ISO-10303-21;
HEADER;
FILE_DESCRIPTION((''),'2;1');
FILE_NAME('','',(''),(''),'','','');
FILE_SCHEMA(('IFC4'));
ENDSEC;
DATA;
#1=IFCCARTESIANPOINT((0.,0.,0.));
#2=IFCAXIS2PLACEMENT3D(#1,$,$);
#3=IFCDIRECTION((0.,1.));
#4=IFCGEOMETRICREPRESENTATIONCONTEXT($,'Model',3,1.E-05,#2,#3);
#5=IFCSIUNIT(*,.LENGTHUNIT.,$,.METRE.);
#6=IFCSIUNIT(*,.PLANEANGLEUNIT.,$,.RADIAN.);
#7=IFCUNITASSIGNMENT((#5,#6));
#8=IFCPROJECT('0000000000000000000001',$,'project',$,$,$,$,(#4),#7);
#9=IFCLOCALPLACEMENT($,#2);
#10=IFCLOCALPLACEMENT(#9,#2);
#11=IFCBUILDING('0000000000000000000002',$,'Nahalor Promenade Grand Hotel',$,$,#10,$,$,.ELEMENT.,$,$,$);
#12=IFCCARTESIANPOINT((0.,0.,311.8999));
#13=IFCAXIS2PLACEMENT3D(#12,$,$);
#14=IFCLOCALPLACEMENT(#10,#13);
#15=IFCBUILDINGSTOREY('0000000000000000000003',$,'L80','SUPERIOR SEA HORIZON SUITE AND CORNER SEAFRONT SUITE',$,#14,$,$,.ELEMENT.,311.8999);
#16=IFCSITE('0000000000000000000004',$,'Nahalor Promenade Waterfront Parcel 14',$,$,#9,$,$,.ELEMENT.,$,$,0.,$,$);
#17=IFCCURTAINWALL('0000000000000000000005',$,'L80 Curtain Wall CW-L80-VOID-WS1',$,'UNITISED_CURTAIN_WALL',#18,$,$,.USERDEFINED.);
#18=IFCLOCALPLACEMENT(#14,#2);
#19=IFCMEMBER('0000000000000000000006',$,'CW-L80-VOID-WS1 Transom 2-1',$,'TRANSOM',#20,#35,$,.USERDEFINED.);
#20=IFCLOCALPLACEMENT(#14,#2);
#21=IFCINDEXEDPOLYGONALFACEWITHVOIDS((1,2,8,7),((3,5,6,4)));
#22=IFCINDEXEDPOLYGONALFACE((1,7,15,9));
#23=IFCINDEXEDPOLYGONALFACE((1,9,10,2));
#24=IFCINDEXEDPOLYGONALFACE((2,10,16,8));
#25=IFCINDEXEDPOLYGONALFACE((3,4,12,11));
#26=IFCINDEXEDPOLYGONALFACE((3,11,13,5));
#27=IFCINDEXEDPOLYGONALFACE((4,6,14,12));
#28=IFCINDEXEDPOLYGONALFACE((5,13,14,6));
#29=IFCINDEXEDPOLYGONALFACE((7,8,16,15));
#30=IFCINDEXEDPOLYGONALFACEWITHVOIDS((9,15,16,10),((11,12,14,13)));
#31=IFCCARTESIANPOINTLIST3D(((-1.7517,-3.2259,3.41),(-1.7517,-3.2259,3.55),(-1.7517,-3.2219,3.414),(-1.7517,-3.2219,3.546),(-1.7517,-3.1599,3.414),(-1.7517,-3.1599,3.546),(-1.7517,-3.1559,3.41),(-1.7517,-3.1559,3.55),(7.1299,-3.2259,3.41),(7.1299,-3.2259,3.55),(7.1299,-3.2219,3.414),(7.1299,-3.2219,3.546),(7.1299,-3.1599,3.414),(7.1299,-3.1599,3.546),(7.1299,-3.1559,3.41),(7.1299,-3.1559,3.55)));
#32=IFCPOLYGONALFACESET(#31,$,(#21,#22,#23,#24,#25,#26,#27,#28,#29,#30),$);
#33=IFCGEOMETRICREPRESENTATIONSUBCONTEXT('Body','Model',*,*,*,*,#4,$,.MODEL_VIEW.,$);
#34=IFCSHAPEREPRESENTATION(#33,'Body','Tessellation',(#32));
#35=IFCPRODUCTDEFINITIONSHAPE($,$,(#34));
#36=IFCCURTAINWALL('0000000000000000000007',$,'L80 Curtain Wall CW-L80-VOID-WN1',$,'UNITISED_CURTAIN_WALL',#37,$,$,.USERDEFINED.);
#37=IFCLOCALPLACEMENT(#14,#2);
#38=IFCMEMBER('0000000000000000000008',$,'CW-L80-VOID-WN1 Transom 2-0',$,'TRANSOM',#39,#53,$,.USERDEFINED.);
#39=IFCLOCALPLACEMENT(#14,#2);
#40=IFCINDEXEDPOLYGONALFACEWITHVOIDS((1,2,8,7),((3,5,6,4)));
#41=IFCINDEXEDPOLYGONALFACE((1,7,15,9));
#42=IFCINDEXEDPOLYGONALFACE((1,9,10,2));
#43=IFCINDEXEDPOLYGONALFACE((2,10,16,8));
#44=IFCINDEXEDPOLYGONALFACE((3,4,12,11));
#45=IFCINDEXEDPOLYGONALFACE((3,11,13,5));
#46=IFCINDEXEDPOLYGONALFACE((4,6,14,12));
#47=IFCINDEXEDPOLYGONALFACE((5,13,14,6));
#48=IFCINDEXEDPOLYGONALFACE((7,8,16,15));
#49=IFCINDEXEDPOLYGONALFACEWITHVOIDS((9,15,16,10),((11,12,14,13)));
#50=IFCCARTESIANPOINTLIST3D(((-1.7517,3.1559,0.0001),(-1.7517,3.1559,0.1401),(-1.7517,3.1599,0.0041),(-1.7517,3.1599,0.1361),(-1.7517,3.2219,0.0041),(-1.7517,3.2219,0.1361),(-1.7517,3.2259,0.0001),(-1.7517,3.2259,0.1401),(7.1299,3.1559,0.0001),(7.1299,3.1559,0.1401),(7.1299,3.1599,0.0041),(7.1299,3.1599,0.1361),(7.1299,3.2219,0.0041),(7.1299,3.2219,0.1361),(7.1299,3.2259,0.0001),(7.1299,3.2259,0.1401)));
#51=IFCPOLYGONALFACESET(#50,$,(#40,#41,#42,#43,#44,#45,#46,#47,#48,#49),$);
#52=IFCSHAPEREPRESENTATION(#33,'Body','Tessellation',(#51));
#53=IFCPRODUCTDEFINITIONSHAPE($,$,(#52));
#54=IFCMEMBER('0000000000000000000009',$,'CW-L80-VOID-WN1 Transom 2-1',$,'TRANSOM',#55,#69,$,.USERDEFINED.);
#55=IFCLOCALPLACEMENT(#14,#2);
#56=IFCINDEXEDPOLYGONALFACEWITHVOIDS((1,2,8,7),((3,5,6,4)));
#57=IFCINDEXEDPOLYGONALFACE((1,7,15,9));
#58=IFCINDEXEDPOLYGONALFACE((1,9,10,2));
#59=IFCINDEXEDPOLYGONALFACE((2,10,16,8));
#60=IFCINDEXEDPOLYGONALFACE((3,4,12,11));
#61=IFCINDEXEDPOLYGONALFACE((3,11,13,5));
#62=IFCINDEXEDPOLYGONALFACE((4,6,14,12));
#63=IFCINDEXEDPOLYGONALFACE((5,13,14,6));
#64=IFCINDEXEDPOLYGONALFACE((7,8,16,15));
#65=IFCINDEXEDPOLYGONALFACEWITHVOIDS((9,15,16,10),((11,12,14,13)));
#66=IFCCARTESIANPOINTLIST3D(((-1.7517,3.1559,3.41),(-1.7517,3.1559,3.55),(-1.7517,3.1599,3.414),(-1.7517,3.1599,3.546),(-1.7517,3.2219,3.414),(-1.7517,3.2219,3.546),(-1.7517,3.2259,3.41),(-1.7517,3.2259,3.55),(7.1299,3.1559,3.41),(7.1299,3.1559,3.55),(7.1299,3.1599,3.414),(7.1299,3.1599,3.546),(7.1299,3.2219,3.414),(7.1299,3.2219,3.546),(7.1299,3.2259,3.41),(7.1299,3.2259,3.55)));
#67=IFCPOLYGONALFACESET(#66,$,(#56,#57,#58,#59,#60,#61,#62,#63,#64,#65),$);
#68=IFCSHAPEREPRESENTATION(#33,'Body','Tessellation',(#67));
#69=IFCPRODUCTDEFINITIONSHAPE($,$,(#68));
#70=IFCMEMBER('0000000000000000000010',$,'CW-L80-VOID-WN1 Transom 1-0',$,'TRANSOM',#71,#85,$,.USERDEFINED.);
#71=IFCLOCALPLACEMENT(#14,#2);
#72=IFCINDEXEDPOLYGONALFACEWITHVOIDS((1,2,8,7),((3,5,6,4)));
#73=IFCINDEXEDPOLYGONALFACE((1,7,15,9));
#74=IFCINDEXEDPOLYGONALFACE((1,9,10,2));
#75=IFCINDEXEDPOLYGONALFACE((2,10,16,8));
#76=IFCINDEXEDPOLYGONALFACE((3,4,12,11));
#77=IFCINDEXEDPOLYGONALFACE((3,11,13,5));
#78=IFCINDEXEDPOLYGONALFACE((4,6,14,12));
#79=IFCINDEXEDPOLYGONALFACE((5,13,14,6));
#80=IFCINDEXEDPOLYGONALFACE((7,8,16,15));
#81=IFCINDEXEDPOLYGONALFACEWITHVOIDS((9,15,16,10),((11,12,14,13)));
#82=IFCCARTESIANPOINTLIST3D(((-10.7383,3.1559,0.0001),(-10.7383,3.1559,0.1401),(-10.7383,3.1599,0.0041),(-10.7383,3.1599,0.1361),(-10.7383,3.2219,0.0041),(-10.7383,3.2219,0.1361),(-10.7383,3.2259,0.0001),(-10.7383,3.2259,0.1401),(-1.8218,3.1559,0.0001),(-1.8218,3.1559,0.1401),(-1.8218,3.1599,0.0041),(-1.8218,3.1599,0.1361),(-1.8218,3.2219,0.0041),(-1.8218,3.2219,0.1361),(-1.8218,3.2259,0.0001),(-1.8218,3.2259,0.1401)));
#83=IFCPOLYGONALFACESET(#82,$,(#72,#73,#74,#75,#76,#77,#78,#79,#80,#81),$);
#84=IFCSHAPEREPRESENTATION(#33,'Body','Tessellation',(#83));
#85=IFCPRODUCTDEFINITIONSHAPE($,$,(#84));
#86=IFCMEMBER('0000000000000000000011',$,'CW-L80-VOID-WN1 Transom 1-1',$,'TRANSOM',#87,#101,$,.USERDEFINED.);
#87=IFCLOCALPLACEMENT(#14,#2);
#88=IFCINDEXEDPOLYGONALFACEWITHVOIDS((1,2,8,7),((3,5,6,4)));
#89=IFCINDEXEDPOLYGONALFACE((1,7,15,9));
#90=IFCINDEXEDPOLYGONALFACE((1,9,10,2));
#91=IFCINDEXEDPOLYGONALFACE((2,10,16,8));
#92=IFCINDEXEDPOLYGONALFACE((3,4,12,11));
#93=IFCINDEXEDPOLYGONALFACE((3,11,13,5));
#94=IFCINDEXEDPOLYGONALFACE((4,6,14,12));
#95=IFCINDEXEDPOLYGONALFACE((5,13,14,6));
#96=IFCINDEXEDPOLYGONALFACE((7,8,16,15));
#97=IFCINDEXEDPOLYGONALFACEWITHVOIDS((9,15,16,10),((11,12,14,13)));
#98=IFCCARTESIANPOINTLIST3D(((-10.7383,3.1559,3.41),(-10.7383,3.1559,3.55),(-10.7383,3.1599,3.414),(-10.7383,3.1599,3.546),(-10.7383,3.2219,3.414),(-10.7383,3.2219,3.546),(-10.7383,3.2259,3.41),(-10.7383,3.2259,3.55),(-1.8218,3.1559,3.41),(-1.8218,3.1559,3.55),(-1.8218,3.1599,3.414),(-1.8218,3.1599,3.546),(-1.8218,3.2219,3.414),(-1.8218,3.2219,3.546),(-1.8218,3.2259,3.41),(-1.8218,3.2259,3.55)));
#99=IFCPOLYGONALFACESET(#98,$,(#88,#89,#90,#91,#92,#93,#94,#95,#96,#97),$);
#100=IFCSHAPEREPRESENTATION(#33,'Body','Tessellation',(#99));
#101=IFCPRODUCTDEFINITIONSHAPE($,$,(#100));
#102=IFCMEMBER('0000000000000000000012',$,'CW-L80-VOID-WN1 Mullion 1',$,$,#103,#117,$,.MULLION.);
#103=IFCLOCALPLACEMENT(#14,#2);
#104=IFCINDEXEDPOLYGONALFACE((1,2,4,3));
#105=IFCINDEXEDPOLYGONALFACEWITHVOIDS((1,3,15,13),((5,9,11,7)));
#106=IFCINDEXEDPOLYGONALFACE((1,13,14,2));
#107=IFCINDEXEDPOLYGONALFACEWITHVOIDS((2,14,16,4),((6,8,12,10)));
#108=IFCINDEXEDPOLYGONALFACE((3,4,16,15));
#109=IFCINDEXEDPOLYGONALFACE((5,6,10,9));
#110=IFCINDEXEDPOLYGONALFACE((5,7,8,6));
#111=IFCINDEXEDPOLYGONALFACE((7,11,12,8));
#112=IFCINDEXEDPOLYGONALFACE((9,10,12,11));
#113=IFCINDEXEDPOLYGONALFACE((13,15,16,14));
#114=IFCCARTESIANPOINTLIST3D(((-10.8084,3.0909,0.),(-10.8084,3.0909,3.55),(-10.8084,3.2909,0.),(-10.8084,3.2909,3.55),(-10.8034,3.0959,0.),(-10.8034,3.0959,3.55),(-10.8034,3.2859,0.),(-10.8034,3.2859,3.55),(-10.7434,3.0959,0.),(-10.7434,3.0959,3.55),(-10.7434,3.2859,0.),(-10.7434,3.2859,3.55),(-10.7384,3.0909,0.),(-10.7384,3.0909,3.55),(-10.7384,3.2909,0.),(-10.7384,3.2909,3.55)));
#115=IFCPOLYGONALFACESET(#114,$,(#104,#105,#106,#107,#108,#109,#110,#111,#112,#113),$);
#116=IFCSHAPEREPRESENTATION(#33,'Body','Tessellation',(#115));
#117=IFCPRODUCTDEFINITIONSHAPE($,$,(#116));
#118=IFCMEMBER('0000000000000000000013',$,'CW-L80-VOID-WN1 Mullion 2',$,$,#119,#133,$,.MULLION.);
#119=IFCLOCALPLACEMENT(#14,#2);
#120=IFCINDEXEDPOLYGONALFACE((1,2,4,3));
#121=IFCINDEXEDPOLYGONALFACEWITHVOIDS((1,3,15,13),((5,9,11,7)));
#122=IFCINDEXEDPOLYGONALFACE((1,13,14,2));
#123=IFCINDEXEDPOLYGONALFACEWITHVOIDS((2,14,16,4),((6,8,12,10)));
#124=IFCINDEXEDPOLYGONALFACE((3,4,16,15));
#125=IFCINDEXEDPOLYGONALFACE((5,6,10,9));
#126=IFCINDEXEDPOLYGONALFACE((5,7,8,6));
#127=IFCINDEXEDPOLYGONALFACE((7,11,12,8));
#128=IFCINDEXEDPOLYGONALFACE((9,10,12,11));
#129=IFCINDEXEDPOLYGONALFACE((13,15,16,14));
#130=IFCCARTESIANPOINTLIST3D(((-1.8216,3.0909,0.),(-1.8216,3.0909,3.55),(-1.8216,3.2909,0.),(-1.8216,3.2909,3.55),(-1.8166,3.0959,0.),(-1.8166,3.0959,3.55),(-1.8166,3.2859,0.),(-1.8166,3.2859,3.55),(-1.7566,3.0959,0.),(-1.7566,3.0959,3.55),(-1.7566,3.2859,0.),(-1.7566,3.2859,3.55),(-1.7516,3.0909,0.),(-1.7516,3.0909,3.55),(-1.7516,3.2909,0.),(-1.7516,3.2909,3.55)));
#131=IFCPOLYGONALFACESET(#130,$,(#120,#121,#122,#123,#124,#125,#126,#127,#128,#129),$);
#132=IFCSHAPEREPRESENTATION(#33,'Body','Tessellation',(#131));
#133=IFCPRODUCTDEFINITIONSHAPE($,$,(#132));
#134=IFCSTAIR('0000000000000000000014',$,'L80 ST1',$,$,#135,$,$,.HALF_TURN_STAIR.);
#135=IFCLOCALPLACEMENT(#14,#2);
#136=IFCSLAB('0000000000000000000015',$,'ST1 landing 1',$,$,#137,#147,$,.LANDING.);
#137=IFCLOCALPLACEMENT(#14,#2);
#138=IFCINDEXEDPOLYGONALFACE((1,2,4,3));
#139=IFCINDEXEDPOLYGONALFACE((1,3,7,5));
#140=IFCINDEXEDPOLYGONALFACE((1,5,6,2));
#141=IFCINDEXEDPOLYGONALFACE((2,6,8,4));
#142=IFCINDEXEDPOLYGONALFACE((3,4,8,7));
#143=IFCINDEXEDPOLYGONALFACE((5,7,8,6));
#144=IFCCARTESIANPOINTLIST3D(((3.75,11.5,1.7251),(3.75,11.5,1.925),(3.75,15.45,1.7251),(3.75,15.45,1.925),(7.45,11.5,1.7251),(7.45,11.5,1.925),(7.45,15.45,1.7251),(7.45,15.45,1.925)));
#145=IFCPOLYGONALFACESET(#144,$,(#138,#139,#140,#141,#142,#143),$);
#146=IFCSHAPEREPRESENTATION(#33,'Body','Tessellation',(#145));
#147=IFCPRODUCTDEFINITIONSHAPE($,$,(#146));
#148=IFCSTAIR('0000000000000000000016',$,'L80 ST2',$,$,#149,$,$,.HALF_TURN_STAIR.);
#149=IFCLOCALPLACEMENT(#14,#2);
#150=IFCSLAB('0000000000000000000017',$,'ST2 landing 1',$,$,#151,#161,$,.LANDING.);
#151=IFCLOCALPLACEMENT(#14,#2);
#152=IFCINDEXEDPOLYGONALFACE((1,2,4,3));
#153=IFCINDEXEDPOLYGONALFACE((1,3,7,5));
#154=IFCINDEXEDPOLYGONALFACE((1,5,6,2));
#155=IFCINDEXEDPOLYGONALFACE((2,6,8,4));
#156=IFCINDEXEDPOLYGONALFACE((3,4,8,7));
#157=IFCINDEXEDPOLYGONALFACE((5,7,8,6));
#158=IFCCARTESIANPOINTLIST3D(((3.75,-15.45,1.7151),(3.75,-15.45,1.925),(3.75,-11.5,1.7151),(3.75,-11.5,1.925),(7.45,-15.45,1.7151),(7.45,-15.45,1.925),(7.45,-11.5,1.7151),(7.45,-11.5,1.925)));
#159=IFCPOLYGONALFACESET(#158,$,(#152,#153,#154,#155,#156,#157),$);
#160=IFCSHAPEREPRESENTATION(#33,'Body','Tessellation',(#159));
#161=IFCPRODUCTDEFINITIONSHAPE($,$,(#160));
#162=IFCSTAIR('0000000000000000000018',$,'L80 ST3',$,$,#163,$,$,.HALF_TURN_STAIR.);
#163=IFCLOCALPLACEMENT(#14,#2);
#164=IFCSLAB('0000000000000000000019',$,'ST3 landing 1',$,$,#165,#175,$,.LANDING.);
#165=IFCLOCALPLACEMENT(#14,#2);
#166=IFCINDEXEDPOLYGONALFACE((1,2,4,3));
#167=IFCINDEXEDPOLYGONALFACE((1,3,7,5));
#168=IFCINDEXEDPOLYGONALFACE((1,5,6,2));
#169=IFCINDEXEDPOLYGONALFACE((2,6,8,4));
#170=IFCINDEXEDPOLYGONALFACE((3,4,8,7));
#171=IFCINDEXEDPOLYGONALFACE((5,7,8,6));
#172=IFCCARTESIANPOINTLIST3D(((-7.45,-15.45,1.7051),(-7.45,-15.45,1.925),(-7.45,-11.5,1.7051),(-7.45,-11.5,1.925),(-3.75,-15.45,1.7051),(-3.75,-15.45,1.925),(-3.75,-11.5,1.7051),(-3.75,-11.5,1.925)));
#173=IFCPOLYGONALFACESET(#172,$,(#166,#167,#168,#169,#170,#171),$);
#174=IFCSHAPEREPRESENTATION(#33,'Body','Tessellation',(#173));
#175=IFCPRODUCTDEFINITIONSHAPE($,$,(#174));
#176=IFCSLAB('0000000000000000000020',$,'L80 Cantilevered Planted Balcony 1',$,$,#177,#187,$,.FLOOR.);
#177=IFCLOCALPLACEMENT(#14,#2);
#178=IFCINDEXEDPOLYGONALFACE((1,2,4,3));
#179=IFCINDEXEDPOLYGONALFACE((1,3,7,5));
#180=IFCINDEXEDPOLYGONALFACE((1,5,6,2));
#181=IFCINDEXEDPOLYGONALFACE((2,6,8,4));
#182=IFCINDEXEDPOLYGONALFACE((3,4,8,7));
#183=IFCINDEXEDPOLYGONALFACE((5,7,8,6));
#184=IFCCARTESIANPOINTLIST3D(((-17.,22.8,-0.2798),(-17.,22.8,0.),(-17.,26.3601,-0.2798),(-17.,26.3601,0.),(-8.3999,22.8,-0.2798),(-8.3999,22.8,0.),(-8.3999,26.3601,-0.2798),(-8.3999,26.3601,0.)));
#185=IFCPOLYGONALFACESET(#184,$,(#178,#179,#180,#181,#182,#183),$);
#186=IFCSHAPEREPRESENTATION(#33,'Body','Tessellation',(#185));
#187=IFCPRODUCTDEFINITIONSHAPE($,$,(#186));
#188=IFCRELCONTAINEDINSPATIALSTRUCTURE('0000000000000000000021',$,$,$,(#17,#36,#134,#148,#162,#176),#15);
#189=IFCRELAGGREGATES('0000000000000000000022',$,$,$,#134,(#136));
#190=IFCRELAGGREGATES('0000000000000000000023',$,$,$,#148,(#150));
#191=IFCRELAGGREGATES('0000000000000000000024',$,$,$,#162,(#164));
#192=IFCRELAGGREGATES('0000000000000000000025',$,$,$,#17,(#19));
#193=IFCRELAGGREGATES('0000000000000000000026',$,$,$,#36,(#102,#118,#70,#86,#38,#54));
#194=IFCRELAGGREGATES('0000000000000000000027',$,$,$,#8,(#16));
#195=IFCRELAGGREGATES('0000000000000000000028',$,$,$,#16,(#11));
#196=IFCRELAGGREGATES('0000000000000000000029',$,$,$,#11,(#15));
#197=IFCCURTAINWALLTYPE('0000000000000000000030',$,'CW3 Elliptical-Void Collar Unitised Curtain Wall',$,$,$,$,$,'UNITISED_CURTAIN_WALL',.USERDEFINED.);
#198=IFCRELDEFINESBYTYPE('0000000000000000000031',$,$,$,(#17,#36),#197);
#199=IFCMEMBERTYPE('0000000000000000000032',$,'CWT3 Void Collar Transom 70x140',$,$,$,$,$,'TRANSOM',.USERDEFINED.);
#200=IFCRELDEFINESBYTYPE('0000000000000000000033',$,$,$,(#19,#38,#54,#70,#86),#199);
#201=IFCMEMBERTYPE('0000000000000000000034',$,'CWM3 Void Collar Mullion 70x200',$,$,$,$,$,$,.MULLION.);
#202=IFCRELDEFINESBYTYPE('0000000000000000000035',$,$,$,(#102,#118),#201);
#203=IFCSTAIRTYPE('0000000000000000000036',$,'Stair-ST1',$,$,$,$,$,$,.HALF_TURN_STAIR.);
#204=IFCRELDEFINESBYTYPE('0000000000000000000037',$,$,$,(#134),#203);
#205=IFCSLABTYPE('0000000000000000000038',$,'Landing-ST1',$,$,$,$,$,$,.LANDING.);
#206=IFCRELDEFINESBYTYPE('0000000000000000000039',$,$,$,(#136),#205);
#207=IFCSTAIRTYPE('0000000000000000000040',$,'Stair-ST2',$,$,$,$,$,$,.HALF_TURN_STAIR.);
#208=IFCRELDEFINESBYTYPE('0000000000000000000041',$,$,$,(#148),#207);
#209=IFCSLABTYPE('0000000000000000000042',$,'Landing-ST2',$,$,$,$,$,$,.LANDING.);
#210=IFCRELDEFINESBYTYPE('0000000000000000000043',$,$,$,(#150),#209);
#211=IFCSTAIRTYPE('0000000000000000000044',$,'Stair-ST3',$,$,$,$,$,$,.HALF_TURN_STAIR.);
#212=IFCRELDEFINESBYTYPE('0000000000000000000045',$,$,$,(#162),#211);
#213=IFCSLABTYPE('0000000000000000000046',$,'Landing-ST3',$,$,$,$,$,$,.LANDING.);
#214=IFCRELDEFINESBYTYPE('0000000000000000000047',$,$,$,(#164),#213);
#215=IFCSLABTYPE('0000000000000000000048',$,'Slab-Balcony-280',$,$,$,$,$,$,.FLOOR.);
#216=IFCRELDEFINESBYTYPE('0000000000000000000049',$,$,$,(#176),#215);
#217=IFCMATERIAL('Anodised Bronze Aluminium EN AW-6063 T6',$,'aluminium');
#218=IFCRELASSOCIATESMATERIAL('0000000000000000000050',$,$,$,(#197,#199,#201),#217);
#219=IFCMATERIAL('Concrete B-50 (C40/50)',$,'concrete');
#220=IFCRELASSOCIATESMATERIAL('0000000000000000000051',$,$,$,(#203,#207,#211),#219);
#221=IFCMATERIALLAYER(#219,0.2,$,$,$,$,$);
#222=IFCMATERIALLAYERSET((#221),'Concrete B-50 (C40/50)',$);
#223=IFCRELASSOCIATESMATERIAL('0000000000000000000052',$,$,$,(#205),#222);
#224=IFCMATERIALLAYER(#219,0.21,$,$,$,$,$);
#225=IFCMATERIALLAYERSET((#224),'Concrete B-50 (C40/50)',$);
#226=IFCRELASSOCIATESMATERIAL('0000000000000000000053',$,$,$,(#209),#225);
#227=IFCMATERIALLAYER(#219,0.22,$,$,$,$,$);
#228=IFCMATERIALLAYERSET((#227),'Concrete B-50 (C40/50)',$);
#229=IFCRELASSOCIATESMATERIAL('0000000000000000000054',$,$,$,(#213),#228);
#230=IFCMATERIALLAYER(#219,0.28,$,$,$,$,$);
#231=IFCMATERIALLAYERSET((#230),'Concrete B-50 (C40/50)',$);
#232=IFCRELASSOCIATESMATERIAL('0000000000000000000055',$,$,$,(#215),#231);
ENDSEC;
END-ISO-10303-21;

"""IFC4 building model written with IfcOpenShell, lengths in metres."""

from ifc_helpers import new_model, si_unit, direction, frame, origin, origin_2d, place, context, subcontext, project, spatial, polyline, hollow_rectangle, outline, extrude, source, transform, mapped, material, layer, layer_set, material_profile, profile_set, type_object, element, aggregate, save


model = new_model("IFC4")

# Units and contexts
model_context = context("Model", 3, precision=1e-05, world=origin(), true_north=direction((0.0, 1.0)))
body_context = subcontext(model_context, "Body", "Model", "MODEL_VIEW")
ifc_project = project(units=[si_unit("LENGTHUNIT", "METRE"), si_unit("PLANEANGLEUNIT", "RADIAN")], contexts=[model_context])

# Site, building, storey
site_placement = place(None, origin())
site = spatial("IfcSite", under=ifc_project, at=site_placement, Name="Nahalor Promenade Waterfront Parcel 14", CompositionType="ELEMENT", RefElevation=0.0)
building_placement = place(site_placement, origin())
building = spatial("IfcBuilding", under=site, at=building_placement, Name="Nahalor Promenade Grand Hotel", CompositionType="ELEMENT")
storey_placement = place(building_placement, frame((0.0, 0.0, 311.8999)))
storey = spatial("IfcBuildingStorey", under=building, at=storey_placement, Name="L80", Description="SUPERIOR SEA HORIZON SUITE AND CORNER SEAFRONT SUITE", CompositionType="ELEMENT", Elevation=311.8999)

# Shared definitions
ifc_material_1 = material(Name="Concrete B-50 (C40/50)", Category="concrete")

# Curtain walls, members
ifc_material_2 = material(Name="Anodised Bronze Aluminium EN AW-6063 T6", Category="aluminium")
curtain_wall_type = type_object("IfcCurtainWallType", Name="CW3 Elliptical-Void Collar Unitised Curtain Wall", ElementType="UNITISED_CURTAIN_WALL", PredefinedType="USERDEFINED", material=ifc_material_2)
curtain_wall_1_placement = place(storey_placement, origin())
curtain_wall_1 = element("IfcCurtainWall", 1, at=curtain_wall_1_placement, inside=storey, type_object=curtain_wall_type, Name="L80 Curtain Wall CW-L80-VOID-WS1", ObjectType="UNITISED_CURTAIN_WALL", PredefinedType="USERDEFINED")
ifc_material_profile_1 = material_profile(ifc_material_2, hollow_rectangle(XDim=0.07, YDim=0.14, WallThickness=0.004, at=origin_2d()), Name="CWT 70x140x4")
ifc_profile_set_1 = profile_set([ifc_material_profile_1], Name="Anodised Bronze Aluminium EN AW-6063 T6")
member_type_1 = type_object("IfcMemberType", Name="CWT3 Void Collar Transom 70x140", ElementType="TRANSOM", PredefinedType="USERDEFINED", material=ifc_profile_set_1)
shared_shape_1 = source(origin(), body_context, "Body", "SweptSolid", [
    extrude(hollow_rectangle(XDim=0.07, YDim=0.14, WallThickness=0.004, at=origin_2d()), origin(), (0.0, 0.0, 1.0), 8.8816),
])
member_1_placement = place(storey_placement, frame((-1.7517, -3.1909, 3.48), z_axis=(1.0, 0.0, 0.0), x_axis=(0.0, 1.0, 0.0)))
member_1 = element("IfcMember", 2, at=member_1_placement, type_object=member_type_1, Name="CW-L80-VOID-WS1 Transom 2-1", ObjectType="TRANSOM", PredefinedType="USERDEFINED", context=body_context, shape_type="MappedRepresentation", body=[
    mapped(shared_shape_1, transform((0.0, 0.0, 0.0), scale=1.0)),
])
curtain_wall_2_placement = place(storey_placement, origin())
curtain_wall_2 = element("IfcCurtainWall", 3, at=curtain_wall_2_placement, inside=storey, type_object=curtain_wall_type, Name="L80 Curtain Wall CW-L80-VOID-WN1", ObjectType="UNITISED_CURTAIN_WALL", PredefinedType="USERDEFINED")
member_2_placement = place(storey_placement, frame((-1.7517, 3.1909, 0.0701), z_axis=(1.0, 0.0, 0.0), x_axis=(0.0, 1.0, 0.0)))
member_2 = element("IfcMember", 4, at=member_2_placement, type_object=member_type_1, Name="CW-L80-VOID-WN1 Transom 2-0", ObjectType="TRANSOM", PredefinedType="USERDEFINED", context=body_context, shape_type="MappedRepresentation", body=[
    mapped(shared_shape_1, transform((0.0, 0.0, 0.0), scale=1.0)),
])
member_3_placement = place(storey_placement, frame((-1.7517, 3.1909, 3.48), z_axis=(1.0, 0.0, 0.0), x_axis=(0.0, 1.0, 0.0)))
member_3 = element("IfcMember", 5, at=member_3_placement, type_object=member_type_1, Name="CW-L80-VOID-WN1 Transom 2-1", ObjectType="TRANSOM", PredefinedType="USERDEFINED", context=body_context, shape_type="MappedRepresentation", body=[
    mapped(shared_shape_1, transform((0.0, 0.0, 0.0), scale=1.0)),
])
shared_shape_2 = source(origin(), body_context, "Body", "SweptSolid", [
    extrude(hollow_rectangle(XDim=0.07, YDim=0.14, WallThickness=0.004, at=origin_2d()), origin(), (0.0, 0.0, 1.0), 8.9165),
])
member_4_placement = place(storey_placement, frame((-10.7383, 3.1909, 0.0701), z_axis=(1.0, 0.0, 0.0), x_axis=(0.0, 1.0, 0.0)))
member_4 = element("IfcMember", 6, at=member_4_placement, type_object=member_type_1, Name="CW-L80-VOID-WN1 Transom 1-0", ObjectType="TRANSOM", PredefinedType="USERDEFINED", context=body_context, shape_type="MappedRepresentation", body=[
    mapped(shared_shape_2, transform((0.0, 0.0, 0.0), scale=1.0)),
])
member_5_placement = place(storey_placement, frame((-10.7383, 3.1909, 3.48), z_axis=(1.0, 0.0, 0.0), x_axis=(0.0, 1.0, 0.0)))
member_5 = element("IfcMember", 7, at=member_5_placement, type_object=member_type_1, Name="CW-L80-VOID-WN1 Transom 1-1", ObjectType="TRANSOM", PredefinedType="USERDEFINED", context=body_context, shape_type="MappedRepresentation", body=[
    mapped(shared_shape_2, transform((0.0, 0.0, 0.0), scale=1.0)),
])
ifc_material_profile_2 = material_profile(ifc_material_2, hollow_rectangle(XDim=0.07, YDim=0.2, WallThickness=0.005, at=origin_2d()), Name="CWM 70x200x5")
ifc_profile_set_2 = profile_set([ifc_material_profile_2], Name="Anodised Bronze Aluminium EN AW-6063 T6")
member_type_2 = type_object("IfcMemberType", Name="CWM3 Void Collar Mullion 70x200", PredefinedType="MULLION", material=ifc_profile_set_2)
shared_shape_3 = source(origin(), body_context, "Body", "SweptSolid", [
    extrude(hollow_rectangle(XDim=0.07, YDim=0.2, WallThickness=0.005, at=origin_2d()), origin(), (0.0, 0.0, 1.0), 3.55),
])
member_6_placement = place(storey_placement, frame((-10.7734, 3.1909, 0.0), z_axis=(0.0, 0.0, 1.0), x_axis=(1.0, 0.0, 0.0)))
member_6 = element("IfcMember", 8, at=member_6_placement, type_object=member_type_2, Name="CW-L80-VOID-WN1 Mullion 1", PredefinedType="MULLION", context=body_context, shape_type="MappedRepresentation", body=[
    mapped(shared_shape_3, transform((0.0, 0.0, 0.0), scale=1.0)),
])
member_7_placement = place(storey_placement, frame((-1.7866, 3.1909, 0.0), z_axis=(0.0, 0.0, 1.0), x_axis=(1.0, 0.0, 0.0)))
member_7 = element("IfcMember", 9, at=member_7_placement, type_object=member_type_2, Name="CW-L80-VOID-WN1 Mullion 2", PredefinedType="MULLION", context=body_context, shape_type="MappedRepresentation", body=[
    mapped(shared_shape_3, transform((0.0, 0.0, 0.0), scale=1.0)),
])

# Stairs, slabs
stair_type_1 = type_object("IfcStairType", Name="Stair-ST1", PredefinedType="HALF_TURN_STAIR", material=ifc_material_1)
stair_1_placement = place(storey_placement, origin())
stair_1 = element("IfcStair", 10, at=stair_1_placement, inside=storey, type_object=stair_type_1, Name="L80 ST1", PredefinedType="HALF_TURN_STAIR")
ifc_layer_1 = layer(ifc_material_1, 0.2)
ifc_layer_set_1 = layer_set([ifc_layer_1], Name="Concrete B-50 (C40/50)")
slab_type_1 = type_object("IfcSlabType", Name="Landing-ST1", PredefinedType="LANDING", material=ifc_layer_set_1)
slab_1_placement = place(storey_placement, frame((0.0, 0.0, 1.7251)))
slab_1 = element("IfcSlab", 11, at=slab_1_placement, type_object=slab_type_1, Name="ST1 landing 1", PredefinedType="LANDING", context=body_context, shape_type="SweptSolid", body=[
    extrude(outline(polyline([(7.45, 11.5), (7.45, 15.45), (3.75, 15.45), (3.75, 11.5), (7.45, 11.5)])), origin(), (0.0, 0.0, 1.0), 0.2),
])
aggregate(stair_1, [slab_1])
stair_type_2 = type_object("IfcStairType", Name="Stair-ST2", PredefinedType="HALF_TURN_STAIR", material=ifc_material_1)
stair_2_placement = place(storey_placement, origin())
stair_2 = element("IfcStair", 12, at=stair_2_placement, inside=storey, type_object=stair_type_2, Name="L80 ST2", PredefinedType="HALF_TURN_STAIR")
ifc_layer_2 = layer(ifc_material_1, 0.21)
ifc_layer_set_2 = layer_set([ifc_layer_2], Name="Concrete B-50 (C40/50)")
slab_type_2 = type_object("IfcSlabType", Name="Landing-ST2", PredefinedType="LANDING", material=ifc_layer_set_2)
slab_2_placement = place(storey_placement, frame((0.0, 0.0, 1.7151)))
slab_2 = element("IfcSlab", 13, at=slab_2_placement, type_object=slab_type_2, Name="ST2 landing 1", PredefinedType="LANDING", context=body_context, shape_type="SweptSolid", body=[
    extrude(outline(polyline([(3.75, -11.5), (3.75, -15.45), (7.45, -15.45), (7.45, -11.5), (3.75, -11.5)])), origin(), (0.0, 0.0, 1.0), 0.21),
])
aggregate(stair_2, [slab_2])
stair_type_3 = type_object("IfcStairType", Name="Stair-ST3", PredefinedType="HALF_TURN_STAIR", material=ifc_material_1)
stair_3_placement = place(storey_placement, origin())
stair_3 = element("IfcStair", 14, at=stair_3_placement, inside=storey, type_object=stair_type_3, Name="L80 ST3", PredefinedType="HALF_TURN_STAIR")
ifc_layer_3 = layer(ifc_material_1, 0.22)
ifc_layer_set_3 = layer_set([ifc_layer_3], Name="Concrete B-50 (C40/50)")
slab_type_3 = type_object("IfcSlabType", Name="Landing-ST3", PredefinedType="LANDING", material=ifc_layer_set_3)
slab_3_placement = place(storey_placement, frame((0.0, 0.0, 1.7051)))
slab_3 = element("IfcSlab", 15, at=slab_3_placement, type_object=slab_type_3, Name="ST3 landing 1", PredefinedType="LANDING", context=body_context, shape_type="SweptSolid", body=[
    extrude(outline(polyline([(-7.45, -11.5), (-7.45, -15.45), (-3.75, -15.45), (-3.75, -11.5), (-7.45, -11.5)])), origin(), (0.0, 0.0, 1.0), 0.22),
])
aggregate(stair_3, [slab_3])

# Slab
ifc_layer_4 = layer(ifc_material_1, 0.28)
ifc_layer_set_4 = layer_set([ifc_layer_4], Name="Concrete B-50 (C40/50)")
slab_type_4 = type_object("IfcSlabType", Name="Slab-Balcony-280", PredefinedType="FLOOR", material=ifc_layer_set_4)
slab_4_placement = place(storey_placement, frame((0.0, 0.0, -0.2798)))
element("IfcSlab", 16, at=slab_4_placement, inside=storey, type_object=slab_type_4, Name="L80 Cantilevered Planted Balcony 1", PredefinedType="FLOOR", context=body_context, shape_type="SweptSolid", body=[
    extrude(outline(polyline([(-17.0, 22.8), (-8.3999, 22.8), (-8.3999, 26.3601), (-17.0, 26.3601), (-17.0, 22.8)])), origin(), (0.0, 0.0, 1.0), 0.2798),
])

aggregate(curtain_wall_1, [member_1])
aggregate(curtain_wall_2, [member_6, member_7, member_4, member_5, member_2, member_3])

save(model, "model.ifc")
